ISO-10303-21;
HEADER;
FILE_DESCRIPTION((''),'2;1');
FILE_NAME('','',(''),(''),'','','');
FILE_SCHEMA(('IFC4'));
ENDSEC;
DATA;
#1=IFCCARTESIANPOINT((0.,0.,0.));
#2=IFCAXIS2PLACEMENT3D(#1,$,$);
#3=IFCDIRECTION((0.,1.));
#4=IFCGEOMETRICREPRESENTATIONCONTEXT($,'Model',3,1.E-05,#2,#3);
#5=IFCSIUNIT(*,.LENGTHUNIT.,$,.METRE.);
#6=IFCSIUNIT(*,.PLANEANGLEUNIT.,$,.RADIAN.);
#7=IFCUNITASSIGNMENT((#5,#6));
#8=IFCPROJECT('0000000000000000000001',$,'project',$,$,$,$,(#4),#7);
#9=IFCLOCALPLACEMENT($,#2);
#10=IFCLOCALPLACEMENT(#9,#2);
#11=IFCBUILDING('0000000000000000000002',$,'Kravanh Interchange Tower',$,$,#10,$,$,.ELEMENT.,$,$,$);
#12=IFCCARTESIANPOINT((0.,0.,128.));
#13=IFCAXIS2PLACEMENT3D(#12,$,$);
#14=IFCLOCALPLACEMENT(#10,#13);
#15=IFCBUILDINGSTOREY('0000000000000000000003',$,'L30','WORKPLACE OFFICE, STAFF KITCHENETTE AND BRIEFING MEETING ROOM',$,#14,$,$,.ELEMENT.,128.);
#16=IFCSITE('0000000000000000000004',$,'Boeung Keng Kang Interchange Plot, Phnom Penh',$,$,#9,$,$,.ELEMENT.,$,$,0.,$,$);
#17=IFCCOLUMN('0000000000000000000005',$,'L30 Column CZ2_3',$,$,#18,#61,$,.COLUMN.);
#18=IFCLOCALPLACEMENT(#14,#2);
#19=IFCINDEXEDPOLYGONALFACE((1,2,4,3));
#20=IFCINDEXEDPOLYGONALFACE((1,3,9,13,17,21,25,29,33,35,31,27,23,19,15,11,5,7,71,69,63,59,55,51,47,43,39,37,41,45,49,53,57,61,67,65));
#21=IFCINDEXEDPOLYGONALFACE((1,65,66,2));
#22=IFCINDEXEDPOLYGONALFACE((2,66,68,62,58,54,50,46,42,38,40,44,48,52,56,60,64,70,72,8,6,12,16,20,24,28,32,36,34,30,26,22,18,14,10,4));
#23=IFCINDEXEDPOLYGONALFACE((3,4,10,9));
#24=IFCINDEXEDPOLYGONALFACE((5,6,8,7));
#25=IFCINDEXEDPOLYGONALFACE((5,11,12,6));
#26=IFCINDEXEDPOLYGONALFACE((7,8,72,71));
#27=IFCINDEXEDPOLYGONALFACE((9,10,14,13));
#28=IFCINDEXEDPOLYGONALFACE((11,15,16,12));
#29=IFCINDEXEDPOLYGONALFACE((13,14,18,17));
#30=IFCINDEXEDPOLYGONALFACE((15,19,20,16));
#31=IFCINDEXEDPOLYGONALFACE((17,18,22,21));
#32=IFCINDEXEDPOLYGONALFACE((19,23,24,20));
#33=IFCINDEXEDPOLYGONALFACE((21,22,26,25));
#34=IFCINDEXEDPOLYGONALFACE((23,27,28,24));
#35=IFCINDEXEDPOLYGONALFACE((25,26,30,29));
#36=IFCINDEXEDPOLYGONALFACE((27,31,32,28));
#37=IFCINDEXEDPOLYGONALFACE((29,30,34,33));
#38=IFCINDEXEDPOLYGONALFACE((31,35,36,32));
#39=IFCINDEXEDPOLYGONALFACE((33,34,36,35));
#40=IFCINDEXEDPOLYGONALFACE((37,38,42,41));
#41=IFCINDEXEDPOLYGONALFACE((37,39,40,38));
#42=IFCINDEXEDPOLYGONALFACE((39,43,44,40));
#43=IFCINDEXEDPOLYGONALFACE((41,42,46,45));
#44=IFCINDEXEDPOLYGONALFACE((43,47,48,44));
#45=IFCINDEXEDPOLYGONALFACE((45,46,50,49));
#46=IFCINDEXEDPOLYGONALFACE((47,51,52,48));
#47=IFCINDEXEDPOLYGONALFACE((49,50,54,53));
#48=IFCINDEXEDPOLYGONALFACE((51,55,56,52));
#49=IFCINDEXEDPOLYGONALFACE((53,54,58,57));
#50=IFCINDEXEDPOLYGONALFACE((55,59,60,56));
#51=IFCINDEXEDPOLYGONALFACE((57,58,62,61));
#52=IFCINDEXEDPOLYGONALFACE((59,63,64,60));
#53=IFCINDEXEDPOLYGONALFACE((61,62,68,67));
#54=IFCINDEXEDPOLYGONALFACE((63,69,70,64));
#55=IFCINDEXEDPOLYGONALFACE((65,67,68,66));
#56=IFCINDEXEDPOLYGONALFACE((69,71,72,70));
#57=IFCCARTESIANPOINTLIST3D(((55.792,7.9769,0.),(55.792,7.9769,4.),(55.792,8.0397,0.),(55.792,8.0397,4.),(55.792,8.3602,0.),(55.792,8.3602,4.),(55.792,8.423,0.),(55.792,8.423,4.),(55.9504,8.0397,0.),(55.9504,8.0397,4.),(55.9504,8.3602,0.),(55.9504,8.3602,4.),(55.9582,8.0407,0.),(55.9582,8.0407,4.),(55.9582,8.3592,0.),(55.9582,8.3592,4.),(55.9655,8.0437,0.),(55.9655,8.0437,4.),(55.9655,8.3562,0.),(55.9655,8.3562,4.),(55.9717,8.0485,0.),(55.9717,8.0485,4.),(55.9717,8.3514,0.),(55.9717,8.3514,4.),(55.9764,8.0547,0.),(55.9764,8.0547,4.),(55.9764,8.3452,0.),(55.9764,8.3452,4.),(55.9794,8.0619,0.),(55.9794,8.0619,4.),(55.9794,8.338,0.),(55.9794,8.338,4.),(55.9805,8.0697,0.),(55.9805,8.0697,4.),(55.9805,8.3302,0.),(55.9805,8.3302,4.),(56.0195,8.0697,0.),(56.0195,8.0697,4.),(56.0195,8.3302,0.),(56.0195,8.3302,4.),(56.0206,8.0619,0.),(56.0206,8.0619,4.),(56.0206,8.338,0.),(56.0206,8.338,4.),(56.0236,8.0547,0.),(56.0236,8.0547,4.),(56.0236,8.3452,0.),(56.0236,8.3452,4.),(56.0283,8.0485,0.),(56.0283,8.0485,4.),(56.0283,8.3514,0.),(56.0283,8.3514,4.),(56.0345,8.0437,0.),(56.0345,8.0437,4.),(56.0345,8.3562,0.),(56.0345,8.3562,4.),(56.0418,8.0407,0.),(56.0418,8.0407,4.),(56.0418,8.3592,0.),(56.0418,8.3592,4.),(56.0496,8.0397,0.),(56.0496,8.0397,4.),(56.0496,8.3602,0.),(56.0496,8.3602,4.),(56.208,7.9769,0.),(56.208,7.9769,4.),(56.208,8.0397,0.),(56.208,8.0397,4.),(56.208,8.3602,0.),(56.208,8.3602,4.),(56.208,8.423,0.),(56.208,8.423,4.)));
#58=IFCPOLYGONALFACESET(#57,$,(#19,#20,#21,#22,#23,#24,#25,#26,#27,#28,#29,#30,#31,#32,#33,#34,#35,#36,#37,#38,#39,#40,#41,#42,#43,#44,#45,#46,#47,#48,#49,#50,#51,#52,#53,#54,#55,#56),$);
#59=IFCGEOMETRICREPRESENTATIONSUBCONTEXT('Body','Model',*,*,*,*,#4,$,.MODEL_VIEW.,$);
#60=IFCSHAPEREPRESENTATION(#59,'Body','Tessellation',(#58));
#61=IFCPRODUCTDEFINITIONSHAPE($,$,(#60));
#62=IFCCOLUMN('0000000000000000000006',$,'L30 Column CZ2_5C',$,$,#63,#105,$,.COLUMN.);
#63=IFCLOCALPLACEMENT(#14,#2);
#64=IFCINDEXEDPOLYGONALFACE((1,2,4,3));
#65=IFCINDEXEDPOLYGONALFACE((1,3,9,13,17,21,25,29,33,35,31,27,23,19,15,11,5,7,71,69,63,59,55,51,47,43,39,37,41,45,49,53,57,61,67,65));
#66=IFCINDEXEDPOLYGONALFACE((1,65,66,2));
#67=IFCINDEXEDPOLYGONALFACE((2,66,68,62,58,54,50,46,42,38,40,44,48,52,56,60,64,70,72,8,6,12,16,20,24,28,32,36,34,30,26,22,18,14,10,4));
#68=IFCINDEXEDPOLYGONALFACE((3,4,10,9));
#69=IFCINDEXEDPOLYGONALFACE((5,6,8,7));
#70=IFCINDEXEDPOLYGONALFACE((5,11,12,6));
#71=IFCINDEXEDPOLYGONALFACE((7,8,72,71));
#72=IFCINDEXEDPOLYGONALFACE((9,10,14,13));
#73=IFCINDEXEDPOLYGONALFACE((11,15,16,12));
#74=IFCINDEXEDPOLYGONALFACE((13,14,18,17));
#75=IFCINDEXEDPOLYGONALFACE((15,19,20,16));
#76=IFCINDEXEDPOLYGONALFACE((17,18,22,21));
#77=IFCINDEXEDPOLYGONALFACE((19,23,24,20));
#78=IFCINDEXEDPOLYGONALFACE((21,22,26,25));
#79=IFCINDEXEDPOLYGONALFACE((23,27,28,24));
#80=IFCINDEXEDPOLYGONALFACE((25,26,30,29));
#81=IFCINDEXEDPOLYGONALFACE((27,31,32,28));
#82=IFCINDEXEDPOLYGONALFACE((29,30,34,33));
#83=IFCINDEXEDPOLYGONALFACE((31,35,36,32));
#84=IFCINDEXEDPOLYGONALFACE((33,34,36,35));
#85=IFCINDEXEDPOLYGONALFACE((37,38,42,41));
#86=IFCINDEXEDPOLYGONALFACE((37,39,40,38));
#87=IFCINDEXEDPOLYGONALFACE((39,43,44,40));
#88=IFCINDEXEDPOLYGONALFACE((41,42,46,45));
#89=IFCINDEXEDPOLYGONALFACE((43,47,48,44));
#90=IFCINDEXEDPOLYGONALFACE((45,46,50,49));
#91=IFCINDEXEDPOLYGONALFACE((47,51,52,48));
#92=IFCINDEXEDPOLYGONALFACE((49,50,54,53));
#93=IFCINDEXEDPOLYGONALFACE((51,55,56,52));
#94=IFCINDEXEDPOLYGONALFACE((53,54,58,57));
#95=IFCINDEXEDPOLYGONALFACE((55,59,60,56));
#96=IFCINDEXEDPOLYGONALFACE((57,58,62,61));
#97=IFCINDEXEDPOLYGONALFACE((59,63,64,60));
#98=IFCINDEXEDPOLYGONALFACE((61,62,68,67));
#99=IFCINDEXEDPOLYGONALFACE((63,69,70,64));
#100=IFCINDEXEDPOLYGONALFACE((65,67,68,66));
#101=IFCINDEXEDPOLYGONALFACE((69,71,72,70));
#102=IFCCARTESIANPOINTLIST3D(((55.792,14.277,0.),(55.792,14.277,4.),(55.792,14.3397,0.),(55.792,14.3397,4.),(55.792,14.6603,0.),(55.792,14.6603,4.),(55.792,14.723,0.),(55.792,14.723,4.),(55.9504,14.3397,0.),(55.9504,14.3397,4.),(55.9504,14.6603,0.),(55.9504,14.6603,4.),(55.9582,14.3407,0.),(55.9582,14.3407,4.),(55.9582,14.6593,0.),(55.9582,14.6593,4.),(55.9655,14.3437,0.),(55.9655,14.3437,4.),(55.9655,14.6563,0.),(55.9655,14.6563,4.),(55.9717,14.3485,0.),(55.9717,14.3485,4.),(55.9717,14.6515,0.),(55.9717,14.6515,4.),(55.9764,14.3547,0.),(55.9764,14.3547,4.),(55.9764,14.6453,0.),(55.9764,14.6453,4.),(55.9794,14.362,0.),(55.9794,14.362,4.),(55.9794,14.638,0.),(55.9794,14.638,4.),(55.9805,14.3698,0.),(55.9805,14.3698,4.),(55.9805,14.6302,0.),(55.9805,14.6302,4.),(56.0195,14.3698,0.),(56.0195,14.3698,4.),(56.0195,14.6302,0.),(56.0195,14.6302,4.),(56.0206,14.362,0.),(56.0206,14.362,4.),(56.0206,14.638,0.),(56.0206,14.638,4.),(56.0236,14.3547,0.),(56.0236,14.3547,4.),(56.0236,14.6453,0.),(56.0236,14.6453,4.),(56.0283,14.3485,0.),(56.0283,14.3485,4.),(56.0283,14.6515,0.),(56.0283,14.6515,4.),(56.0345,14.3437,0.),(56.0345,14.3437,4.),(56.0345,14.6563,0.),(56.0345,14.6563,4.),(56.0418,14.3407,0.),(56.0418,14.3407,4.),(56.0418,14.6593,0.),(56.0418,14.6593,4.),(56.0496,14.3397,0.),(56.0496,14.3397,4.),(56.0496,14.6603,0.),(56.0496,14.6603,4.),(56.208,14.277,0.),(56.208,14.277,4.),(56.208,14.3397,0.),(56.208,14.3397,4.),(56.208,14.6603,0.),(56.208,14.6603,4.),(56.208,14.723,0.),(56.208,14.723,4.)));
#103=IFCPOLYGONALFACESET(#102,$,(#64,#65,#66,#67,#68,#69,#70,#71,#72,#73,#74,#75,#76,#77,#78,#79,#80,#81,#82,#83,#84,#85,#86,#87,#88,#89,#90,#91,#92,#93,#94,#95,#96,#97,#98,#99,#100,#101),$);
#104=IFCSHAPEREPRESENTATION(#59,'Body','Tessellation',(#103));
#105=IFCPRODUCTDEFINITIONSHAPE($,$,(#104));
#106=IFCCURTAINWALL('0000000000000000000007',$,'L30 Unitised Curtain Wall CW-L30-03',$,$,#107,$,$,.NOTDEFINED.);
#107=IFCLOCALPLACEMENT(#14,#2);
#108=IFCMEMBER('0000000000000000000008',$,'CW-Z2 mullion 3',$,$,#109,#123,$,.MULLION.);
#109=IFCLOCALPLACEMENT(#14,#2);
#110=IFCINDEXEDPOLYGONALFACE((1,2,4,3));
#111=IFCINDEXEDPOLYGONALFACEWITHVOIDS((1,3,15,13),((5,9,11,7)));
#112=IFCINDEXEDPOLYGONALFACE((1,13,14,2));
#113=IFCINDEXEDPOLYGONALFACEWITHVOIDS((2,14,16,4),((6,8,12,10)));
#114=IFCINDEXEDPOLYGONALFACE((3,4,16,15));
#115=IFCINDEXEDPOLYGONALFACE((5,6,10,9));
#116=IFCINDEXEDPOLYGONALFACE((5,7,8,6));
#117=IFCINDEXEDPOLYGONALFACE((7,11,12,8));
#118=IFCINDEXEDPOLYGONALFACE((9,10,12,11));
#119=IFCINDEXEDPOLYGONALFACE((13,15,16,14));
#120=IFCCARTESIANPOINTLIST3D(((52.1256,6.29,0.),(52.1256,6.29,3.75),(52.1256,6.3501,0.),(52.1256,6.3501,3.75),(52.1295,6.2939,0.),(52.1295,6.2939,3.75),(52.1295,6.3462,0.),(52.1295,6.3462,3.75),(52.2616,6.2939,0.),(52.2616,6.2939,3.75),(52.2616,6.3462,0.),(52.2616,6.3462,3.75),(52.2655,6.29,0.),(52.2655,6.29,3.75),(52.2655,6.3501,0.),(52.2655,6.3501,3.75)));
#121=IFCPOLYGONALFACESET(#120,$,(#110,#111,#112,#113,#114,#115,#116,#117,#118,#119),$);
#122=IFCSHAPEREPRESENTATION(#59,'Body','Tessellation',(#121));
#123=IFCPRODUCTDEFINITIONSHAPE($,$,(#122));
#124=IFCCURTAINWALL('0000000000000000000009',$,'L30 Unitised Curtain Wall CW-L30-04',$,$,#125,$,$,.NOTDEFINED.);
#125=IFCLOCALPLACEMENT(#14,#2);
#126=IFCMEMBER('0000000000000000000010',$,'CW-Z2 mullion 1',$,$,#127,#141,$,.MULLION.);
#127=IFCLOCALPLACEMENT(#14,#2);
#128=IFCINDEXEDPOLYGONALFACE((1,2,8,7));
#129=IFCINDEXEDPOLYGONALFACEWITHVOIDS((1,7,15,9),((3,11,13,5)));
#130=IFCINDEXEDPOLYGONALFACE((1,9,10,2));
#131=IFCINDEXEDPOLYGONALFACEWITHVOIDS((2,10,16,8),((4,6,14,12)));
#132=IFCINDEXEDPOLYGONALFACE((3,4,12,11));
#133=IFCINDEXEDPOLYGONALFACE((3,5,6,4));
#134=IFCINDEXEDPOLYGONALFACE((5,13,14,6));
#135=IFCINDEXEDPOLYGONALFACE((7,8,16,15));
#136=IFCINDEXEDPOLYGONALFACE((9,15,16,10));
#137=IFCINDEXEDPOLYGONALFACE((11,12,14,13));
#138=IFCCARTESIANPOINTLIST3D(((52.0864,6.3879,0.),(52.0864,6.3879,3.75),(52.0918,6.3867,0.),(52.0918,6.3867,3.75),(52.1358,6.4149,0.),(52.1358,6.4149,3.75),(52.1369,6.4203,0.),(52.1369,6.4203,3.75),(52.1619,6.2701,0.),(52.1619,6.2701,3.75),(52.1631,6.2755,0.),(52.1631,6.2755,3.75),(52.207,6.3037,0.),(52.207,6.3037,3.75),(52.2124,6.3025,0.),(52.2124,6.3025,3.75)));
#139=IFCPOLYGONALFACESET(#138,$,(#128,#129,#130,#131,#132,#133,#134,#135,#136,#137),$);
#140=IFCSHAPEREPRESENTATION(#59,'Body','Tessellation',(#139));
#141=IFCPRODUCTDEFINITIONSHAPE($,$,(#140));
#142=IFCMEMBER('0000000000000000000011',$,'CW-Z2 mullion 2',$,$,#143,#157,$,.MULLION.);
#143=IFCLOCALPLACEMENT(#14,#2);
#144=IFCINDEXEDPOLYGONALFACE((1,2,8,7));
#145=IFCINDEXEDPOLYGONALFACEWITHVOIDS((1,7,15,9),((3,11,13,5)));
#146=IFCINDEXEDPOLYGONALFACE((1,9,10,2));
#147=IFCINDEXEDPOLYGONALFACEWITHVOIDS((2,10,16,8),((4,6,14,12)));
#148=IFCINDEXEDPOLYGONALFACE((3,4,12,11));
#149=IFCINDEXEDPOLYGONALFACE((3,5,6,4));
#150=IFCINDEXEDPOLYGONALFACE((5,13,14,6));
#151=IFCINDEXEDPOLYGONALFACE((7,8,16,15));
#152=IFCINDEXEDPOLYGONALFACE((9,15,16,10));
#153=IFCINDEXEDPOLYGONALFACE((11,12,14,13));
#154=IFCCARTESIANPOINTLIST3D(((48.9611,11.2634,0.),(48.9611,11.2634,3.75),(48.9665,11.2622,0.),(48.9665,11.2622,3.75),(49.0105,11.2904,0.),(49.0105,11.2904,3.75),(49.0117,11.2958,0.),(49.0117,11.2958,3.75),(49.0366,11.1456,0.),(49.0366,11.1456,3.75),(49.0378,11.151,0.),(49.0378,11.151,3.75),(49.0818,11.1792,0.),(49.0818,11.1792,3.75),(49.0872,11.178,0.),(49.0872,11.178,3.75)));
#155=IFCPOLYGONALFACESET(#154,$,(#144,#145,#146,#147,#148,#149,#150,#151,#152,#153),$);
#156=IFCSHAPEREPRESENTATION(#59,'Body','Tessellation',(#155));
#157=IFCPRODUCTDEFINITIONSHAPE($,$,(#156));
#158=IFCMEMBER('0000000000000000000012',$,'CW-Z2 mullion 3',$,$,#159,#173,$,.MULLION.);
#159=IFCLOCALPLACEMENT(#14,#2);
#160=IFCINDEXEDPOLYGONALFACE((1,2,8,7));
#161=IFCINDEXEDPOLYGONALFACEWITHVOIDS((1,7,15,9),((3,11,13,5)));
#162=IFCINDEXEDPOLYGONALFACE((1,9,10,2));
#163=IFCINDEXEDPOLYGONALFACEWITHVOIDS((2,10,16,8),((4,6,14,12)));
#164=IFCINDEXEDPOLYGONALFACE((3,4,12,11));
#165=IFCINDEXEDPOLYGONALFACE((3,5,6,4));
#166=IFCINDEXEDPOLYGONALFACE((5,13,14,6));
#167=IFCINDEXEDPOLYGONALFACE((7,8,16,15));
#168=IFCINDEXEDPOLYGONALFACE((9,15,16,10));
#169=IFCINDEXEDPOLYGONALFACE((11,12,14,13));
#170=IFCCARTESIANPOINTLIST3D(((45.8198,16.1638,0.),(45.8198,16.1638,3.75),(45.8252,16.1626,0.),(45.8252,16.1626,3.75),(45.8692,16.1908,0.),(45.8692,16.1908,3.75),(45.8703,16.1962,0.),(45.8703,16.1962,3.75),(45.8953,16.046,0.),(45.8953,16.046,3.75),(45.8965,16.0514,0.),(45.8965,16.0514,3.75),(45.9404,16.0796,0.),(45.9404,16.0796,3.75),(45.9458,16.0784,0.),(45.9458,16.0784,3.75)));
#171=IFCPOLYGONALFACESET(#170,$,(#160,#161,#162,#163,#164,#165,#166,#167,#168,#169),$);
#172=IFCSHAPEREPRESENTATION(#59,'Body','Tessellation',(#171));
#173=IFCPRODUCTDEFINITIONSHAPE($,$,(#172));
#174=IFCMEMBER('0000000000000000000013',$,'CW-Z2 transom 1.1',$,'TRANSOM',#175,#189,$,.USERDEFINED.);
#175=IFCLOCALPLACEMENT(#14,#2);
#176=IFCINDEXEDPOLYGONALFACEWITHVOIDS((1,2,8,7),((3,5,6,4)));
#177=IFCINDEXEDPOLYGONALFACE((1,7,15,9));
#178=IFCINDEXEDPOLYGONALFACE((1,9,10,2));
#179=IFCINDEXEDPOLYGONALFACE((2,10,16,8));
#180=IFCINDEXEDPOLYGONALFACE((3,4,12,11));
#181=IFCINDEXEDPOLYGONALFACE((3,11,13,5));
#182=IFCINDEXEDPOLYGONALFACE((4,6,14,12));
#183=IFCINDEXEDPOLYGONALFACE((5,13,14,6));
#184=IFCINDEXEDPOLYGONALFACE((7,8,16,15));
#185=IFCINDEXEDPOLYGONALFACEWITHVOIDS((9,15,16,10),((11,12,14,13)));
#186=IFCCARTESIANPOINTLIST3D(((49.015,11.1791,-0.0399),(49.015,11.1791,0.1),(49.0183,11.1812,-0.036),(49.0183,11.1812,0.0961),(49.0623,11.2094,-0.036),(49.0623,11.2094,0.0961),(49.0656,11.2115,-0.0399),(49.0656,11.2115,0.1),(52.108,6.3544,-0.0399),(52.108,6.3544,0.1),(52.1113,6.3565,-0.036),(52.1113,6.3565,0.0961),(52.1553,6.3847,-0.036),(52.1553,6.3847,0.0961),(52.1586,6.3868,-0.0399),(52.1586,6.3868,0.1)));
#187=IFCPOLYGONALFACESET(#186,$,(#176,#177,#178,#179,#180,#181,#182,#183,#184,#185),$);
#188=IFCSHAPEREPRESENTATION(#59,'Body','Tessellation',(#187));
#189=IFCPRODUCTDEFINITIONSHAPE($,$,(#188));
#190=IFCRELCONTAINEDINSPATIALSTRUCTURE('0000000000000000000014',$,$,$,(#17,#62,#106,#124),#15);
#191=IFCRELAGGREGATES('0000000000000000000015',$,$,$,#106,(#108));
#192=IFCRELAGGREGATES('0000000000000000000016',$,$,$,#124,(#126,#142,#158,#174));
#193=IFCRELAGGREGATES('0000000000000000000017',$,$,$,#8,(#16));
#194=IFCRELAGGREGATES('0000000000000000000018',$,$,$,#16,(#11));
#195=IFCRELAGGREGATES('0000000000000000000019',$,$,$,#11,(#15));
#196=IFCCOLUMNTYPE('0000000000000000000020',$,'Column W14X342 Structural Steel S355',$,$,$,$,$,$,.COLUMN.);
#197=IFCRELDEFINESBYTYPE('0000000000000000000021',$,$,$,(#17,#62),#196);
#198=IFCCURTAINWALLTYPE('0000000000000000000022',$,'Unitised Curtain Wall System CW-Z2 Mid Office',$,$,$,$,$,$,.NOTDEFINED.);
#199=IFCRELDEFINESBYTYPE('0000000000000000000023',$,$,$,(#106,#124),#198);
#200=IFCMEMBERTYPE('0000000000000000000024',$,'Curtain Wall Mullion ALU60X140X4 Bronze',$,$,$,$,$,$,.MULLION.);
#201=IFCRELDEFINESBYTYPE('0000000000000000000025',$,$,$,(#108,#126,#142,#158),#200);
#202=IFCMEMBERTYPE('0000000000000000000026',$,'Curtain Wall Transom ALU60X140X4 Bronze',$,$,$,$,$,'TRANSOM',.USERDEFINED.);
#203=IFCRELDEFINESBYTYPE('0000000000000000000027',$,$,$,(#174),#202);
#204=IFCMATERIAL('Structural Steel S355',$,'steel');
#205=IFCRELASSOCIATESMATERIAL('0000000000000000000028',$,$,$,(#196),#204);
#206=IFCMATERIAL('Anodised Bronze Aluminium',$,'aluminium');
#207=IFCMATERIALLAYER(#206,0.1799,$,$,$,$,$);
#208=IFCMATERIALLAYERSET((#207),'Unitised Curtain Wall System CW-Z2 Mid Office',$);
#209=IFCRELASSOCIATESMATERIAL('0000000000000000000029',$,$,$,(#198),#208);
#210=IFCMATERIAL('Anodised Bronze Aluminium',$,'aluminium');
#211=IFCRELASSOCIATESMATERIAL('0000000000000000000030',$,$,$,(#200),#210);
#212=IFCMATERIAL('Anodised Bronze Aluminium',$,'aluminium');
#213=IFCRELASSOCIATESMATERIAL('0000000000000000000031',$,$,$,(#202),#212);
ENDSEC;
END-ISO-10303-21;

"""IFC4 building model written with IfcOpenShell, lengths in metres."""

from ifc_helpers import new_model, si_unit, direction, frame, origin, origin_2d, place, context, subcontext, project, spatial, hollow_rectangle, i_section, extrude, material, layer, layer_set, material_profile, profile_set, type_object, element, aggregate, save


model = new_model("IFC4")

# Units and contexts
model_context = context("Model", 3, precision=1e-05, world=origin(), true_north=direction((0.0, 1.0)))
body_context = subcontext(model_context, "Body", "Model", "MODEL_VIEW")
ifc_project = project(units=[si_unit("LENGTHUNIT", "METRE"), si_unit("PLANEANGLEUNIT", "RADIAN")], contexts=[model_context])

# Site, building, storey
site_placement = place(None, origin())
site = spatial("IfcSite", under=ifc_project, at=site_placement, Name="Boeung Keng Kang Interchange Plot, Phnom Penh", CompositionType="ELEMENT", RefElevation=0.0)
building_placement = place(site_placement, origin())
building = spatial("IfcBuilding", under=site, at=building_placement, Name="Kravanh Interchange Tower", CompositionType="ELEMENT")
storey_placement = place(building_placement, frame((0.0, 0.0, 128.0)))
storey = spatial("IfcBuildingStorey", under=building, at=storey_placement, Name="L30", Description="WORKPLACE OFFICE, STAFF KITCHENETTE AND BRIEFING MEETING ROOM", CompositionType="ELEMENT", Elevation=128.0)

# Columns
ifc_material_1 = material(Name="Structural Steel S355", Category="steel")
ifc_material_profile_1 = material_profile(ifc_material_1, i_section(OverallWidth=0.416, OverallDepth=0.446, WebThickness=0.0391, FlangeThickness=0.0627, FilletRadius=0.03, at=origin_2d()), Name="W14X342")
ifc_profile_set_1 = profile_set([ifc_material_profile_1], Name="Structural Steel S355")
column_type = type_object("IfcColumnType", Name="Column W14X342 Structural Steel S355", PredefinedType="COLUMN", material=ifc_profile_set_1)
for number, where, z_axis, x_axis, name in (
    (1, (56.0, 8.2, 0.0), (0.0, 0.0, 1.0), (1.0, 0.0, 0.0), "L30 Column CZ2_3"),
    (2, (56.0, 14.5, 0.0), (0.0, 0.0, 1.0), (1.0, 0.0, 0.0), "L30 Column CZ2_5C"),
):
    element("IfcColumn", number, at=place(storey_placement, frame(where, z_axis=z_axis, x_axis=x_axis)), inside=storey, type_object=column_type, Name=name, PredefinedType="COLUMN", context=body_context, shape_type="SweptSolid", body=[
        extrude(i_section(OverallWidth=0.416, OverallDepth=0.446, WebThickness=0.0391, FlangeThickness=0.0627, FilletRadius=0.03, at=origin_2d()), origin(), (0.0, 0.0, 1.0), 4.0),
    ])

# Curtain wall, member
ifc_material_2 = material(Name="Anodised Bronze Aluminium", Category="aluminium")
ifc_layer_1 = layer(ifc_material_2, 0.1799)
ifc_layer_set_1 = layer_set([ifc_layer_1], Name="Unitised Curtain Wall System CW-Z2 Mid Office")
curtain_wall_type = type_object("IfcCurtainWallType", Name="Unitised Curtain Wall System CW-Z2 Mid Office", PredefinedType="NOTDEFINED", material=ifc_layer_set_1)
curtain_wall_1_placement = place(storey_placement, origin())
curtain_wall_1 = element("IfcCurtainWall", 3, at=curtain_wall_1_placement, inside=storey, type_object=curtain_wall_type, Name="L30 Unitised Curtain Wall CW-L30-03", PredefinedType="NOTDEFINED")
ifc_material_3 = material(Name="Anodised Bronze Aluminium", Category="aluminium")
ifc_material_profile_2 = material_profile(ifc_material_3, hollow_rectangle(XDim=0.0601, YDim=0.1399, WallThickness=0.0039, at=origin_2d()), Name="ALU60X140X4")
ifc_profile_set_2 = profile_set([ifc_material_profile_2], Name="Anodised Bronze Aluminium")
member_type_1 = type_object("IfcMemberType", Name="Curtain Wall Mullion ALU60X140X4 Bronze", PredefinedType="MULLION", material=ifc_profile_set_2)
member_1_placement = place(storey_placement, frame((52.1956, 6.3201, 0.0), z_axis=(0.0, 0.0, 1.0), x_axis=(0.0, -1.0, 0.0)))
member_1 = element("IfcMember", 4, at=member_1_placement, type_object=member_type_1, Name="CW-Z2 mullion 3", PredefinedType="MULLION", context=body_context, shape_type="SweptSolid", body=[
    extrude(hollow_rectangle(XDim=0.0601, YDim=0.1399, WallThickness=0.0039, at=origin_2d()), origin(), (0.0, 0.0, 1.0), 3.75),
])

# Curtain wall, members
curtain_wall_2_placement = place(storey_placement, origin())
curtain_wall_2 = element("IfcCurtainWall", 5, at=curtain_wall_2_placement, inside=storey, type_object=curtain_wall_type, Name="L30 Unitised Curtain Wall CW-L30-04", PredefinedType="NOTDEFINED")
member_2_placement = place(storey_placement, frame((52.1494, 6.3452, 0.0), z_axis=(0.0, 0.0, 1.0), x_axis=(-0.84188, -0.539665, 0.0)))
member_2 = element("IfcMember", 6, at=member_2_placement, type_object=member_type_1, Name="CW-Z2 mullion 1", PredefinedType="MULLION", context=body_context, shape_type="SweptSolid", body=[
    extrude(hollow_rectangle(XDim=0.0601, YDim=0.1399, WallThickness=0.0039, at=origin_2d()), origin(), (0.0, 0.0, 1.0), 3.75),
])
member_3_placement = place(storey_placement, frame((49.0242, 11.2207, 0.0), z_axis=(0.0, 0.0, 1.0), x_axis=(-0.84188, -0.539665, 0.0)))
member_3 = element("IfcMember", 7, at=member_3_placement, type_object=member_type_1, Name="CW-Z2 mullion 2", PredefinedType="MULLION", context=body_context, shape_type="SweptSolid", body=[
    extrude(hollow_rectangle(XDim=0.0601, YDim=0.1399, WallThickness=0.0039, at=origin_2d()), origin(), (0.0, 0.0, 1.0), 3.75),
])
member_4_placement = place(storey_placement, frame((45.8828, 16.1211, 0.0), z_axis=(0.0, 0.0, 1.0), x_axis=(-0.84188, -0.539665, 0.0)))
member_4 = element("IfcMember", 8, at=member_4_placement, type_object=member_type_1, Name="CW-Z2 mullion 3", PredefinedType="MULLION", context=body_context, shape_type="SweptSolid", body=[
    extrude(hollow_rectangle(XDim=0.0601, YDim=0.1399, WallThickness=0.0039, at=origin_2d()), origin(), (0.0, 0.0, 1.0), 3.75),
])
ifc_material_4 = material(Name="Anodised Bronze Aluminium", Category="aluminium")
ifc_material_profile_3 = material_profile(ifc_material_4, hollow_rectangle(XDim=0.0601, YDim=0.1399, WallThickness=0.0039, at=origin_2d()), Name="ALU60X140X4")
ifc_profile_set_3 = profile_set([ifc_material_profile_3], Name="Anodised Bronze Aluminium")
member_type_2 = type_object("IfcMemberType", Name="Curtain Wall Transom ALU60X140X4 Bronze", ElementType="TRANSOM", PredefinedType="USERDEFINED", material=ifc_profile_set_3)
member_5_placement = place(storey_placement, frame((52.1333, 6.3706, 0.03), z_axis=(-0.539698, 0.841859, 0.0), x_axis=(-0.841859, -0.539698, 0.0)))
member_5 = element("IfcMember", 9, at=member_5_placement, type_object=member_type_2, Name="CW-Z2 transom 1.1", ObjectType="TRANSOM", PredefinedType="USERDEFINED", context=body_context, shape_type="SweptSolid", body=[
    extrude(hollow_rectangle(XDim=0.0601, YDim=0.1399, WallThickness=0.0039, at=origin_2d()), origin(), (0.0, 0.0, 1.0), 5.731),
])

aggregate(curtain_wall_1, [member_1])
aggregate(curtain_wall_2, [member_2, member_3, member_4, member_5])

save(model, "model.ifc")
